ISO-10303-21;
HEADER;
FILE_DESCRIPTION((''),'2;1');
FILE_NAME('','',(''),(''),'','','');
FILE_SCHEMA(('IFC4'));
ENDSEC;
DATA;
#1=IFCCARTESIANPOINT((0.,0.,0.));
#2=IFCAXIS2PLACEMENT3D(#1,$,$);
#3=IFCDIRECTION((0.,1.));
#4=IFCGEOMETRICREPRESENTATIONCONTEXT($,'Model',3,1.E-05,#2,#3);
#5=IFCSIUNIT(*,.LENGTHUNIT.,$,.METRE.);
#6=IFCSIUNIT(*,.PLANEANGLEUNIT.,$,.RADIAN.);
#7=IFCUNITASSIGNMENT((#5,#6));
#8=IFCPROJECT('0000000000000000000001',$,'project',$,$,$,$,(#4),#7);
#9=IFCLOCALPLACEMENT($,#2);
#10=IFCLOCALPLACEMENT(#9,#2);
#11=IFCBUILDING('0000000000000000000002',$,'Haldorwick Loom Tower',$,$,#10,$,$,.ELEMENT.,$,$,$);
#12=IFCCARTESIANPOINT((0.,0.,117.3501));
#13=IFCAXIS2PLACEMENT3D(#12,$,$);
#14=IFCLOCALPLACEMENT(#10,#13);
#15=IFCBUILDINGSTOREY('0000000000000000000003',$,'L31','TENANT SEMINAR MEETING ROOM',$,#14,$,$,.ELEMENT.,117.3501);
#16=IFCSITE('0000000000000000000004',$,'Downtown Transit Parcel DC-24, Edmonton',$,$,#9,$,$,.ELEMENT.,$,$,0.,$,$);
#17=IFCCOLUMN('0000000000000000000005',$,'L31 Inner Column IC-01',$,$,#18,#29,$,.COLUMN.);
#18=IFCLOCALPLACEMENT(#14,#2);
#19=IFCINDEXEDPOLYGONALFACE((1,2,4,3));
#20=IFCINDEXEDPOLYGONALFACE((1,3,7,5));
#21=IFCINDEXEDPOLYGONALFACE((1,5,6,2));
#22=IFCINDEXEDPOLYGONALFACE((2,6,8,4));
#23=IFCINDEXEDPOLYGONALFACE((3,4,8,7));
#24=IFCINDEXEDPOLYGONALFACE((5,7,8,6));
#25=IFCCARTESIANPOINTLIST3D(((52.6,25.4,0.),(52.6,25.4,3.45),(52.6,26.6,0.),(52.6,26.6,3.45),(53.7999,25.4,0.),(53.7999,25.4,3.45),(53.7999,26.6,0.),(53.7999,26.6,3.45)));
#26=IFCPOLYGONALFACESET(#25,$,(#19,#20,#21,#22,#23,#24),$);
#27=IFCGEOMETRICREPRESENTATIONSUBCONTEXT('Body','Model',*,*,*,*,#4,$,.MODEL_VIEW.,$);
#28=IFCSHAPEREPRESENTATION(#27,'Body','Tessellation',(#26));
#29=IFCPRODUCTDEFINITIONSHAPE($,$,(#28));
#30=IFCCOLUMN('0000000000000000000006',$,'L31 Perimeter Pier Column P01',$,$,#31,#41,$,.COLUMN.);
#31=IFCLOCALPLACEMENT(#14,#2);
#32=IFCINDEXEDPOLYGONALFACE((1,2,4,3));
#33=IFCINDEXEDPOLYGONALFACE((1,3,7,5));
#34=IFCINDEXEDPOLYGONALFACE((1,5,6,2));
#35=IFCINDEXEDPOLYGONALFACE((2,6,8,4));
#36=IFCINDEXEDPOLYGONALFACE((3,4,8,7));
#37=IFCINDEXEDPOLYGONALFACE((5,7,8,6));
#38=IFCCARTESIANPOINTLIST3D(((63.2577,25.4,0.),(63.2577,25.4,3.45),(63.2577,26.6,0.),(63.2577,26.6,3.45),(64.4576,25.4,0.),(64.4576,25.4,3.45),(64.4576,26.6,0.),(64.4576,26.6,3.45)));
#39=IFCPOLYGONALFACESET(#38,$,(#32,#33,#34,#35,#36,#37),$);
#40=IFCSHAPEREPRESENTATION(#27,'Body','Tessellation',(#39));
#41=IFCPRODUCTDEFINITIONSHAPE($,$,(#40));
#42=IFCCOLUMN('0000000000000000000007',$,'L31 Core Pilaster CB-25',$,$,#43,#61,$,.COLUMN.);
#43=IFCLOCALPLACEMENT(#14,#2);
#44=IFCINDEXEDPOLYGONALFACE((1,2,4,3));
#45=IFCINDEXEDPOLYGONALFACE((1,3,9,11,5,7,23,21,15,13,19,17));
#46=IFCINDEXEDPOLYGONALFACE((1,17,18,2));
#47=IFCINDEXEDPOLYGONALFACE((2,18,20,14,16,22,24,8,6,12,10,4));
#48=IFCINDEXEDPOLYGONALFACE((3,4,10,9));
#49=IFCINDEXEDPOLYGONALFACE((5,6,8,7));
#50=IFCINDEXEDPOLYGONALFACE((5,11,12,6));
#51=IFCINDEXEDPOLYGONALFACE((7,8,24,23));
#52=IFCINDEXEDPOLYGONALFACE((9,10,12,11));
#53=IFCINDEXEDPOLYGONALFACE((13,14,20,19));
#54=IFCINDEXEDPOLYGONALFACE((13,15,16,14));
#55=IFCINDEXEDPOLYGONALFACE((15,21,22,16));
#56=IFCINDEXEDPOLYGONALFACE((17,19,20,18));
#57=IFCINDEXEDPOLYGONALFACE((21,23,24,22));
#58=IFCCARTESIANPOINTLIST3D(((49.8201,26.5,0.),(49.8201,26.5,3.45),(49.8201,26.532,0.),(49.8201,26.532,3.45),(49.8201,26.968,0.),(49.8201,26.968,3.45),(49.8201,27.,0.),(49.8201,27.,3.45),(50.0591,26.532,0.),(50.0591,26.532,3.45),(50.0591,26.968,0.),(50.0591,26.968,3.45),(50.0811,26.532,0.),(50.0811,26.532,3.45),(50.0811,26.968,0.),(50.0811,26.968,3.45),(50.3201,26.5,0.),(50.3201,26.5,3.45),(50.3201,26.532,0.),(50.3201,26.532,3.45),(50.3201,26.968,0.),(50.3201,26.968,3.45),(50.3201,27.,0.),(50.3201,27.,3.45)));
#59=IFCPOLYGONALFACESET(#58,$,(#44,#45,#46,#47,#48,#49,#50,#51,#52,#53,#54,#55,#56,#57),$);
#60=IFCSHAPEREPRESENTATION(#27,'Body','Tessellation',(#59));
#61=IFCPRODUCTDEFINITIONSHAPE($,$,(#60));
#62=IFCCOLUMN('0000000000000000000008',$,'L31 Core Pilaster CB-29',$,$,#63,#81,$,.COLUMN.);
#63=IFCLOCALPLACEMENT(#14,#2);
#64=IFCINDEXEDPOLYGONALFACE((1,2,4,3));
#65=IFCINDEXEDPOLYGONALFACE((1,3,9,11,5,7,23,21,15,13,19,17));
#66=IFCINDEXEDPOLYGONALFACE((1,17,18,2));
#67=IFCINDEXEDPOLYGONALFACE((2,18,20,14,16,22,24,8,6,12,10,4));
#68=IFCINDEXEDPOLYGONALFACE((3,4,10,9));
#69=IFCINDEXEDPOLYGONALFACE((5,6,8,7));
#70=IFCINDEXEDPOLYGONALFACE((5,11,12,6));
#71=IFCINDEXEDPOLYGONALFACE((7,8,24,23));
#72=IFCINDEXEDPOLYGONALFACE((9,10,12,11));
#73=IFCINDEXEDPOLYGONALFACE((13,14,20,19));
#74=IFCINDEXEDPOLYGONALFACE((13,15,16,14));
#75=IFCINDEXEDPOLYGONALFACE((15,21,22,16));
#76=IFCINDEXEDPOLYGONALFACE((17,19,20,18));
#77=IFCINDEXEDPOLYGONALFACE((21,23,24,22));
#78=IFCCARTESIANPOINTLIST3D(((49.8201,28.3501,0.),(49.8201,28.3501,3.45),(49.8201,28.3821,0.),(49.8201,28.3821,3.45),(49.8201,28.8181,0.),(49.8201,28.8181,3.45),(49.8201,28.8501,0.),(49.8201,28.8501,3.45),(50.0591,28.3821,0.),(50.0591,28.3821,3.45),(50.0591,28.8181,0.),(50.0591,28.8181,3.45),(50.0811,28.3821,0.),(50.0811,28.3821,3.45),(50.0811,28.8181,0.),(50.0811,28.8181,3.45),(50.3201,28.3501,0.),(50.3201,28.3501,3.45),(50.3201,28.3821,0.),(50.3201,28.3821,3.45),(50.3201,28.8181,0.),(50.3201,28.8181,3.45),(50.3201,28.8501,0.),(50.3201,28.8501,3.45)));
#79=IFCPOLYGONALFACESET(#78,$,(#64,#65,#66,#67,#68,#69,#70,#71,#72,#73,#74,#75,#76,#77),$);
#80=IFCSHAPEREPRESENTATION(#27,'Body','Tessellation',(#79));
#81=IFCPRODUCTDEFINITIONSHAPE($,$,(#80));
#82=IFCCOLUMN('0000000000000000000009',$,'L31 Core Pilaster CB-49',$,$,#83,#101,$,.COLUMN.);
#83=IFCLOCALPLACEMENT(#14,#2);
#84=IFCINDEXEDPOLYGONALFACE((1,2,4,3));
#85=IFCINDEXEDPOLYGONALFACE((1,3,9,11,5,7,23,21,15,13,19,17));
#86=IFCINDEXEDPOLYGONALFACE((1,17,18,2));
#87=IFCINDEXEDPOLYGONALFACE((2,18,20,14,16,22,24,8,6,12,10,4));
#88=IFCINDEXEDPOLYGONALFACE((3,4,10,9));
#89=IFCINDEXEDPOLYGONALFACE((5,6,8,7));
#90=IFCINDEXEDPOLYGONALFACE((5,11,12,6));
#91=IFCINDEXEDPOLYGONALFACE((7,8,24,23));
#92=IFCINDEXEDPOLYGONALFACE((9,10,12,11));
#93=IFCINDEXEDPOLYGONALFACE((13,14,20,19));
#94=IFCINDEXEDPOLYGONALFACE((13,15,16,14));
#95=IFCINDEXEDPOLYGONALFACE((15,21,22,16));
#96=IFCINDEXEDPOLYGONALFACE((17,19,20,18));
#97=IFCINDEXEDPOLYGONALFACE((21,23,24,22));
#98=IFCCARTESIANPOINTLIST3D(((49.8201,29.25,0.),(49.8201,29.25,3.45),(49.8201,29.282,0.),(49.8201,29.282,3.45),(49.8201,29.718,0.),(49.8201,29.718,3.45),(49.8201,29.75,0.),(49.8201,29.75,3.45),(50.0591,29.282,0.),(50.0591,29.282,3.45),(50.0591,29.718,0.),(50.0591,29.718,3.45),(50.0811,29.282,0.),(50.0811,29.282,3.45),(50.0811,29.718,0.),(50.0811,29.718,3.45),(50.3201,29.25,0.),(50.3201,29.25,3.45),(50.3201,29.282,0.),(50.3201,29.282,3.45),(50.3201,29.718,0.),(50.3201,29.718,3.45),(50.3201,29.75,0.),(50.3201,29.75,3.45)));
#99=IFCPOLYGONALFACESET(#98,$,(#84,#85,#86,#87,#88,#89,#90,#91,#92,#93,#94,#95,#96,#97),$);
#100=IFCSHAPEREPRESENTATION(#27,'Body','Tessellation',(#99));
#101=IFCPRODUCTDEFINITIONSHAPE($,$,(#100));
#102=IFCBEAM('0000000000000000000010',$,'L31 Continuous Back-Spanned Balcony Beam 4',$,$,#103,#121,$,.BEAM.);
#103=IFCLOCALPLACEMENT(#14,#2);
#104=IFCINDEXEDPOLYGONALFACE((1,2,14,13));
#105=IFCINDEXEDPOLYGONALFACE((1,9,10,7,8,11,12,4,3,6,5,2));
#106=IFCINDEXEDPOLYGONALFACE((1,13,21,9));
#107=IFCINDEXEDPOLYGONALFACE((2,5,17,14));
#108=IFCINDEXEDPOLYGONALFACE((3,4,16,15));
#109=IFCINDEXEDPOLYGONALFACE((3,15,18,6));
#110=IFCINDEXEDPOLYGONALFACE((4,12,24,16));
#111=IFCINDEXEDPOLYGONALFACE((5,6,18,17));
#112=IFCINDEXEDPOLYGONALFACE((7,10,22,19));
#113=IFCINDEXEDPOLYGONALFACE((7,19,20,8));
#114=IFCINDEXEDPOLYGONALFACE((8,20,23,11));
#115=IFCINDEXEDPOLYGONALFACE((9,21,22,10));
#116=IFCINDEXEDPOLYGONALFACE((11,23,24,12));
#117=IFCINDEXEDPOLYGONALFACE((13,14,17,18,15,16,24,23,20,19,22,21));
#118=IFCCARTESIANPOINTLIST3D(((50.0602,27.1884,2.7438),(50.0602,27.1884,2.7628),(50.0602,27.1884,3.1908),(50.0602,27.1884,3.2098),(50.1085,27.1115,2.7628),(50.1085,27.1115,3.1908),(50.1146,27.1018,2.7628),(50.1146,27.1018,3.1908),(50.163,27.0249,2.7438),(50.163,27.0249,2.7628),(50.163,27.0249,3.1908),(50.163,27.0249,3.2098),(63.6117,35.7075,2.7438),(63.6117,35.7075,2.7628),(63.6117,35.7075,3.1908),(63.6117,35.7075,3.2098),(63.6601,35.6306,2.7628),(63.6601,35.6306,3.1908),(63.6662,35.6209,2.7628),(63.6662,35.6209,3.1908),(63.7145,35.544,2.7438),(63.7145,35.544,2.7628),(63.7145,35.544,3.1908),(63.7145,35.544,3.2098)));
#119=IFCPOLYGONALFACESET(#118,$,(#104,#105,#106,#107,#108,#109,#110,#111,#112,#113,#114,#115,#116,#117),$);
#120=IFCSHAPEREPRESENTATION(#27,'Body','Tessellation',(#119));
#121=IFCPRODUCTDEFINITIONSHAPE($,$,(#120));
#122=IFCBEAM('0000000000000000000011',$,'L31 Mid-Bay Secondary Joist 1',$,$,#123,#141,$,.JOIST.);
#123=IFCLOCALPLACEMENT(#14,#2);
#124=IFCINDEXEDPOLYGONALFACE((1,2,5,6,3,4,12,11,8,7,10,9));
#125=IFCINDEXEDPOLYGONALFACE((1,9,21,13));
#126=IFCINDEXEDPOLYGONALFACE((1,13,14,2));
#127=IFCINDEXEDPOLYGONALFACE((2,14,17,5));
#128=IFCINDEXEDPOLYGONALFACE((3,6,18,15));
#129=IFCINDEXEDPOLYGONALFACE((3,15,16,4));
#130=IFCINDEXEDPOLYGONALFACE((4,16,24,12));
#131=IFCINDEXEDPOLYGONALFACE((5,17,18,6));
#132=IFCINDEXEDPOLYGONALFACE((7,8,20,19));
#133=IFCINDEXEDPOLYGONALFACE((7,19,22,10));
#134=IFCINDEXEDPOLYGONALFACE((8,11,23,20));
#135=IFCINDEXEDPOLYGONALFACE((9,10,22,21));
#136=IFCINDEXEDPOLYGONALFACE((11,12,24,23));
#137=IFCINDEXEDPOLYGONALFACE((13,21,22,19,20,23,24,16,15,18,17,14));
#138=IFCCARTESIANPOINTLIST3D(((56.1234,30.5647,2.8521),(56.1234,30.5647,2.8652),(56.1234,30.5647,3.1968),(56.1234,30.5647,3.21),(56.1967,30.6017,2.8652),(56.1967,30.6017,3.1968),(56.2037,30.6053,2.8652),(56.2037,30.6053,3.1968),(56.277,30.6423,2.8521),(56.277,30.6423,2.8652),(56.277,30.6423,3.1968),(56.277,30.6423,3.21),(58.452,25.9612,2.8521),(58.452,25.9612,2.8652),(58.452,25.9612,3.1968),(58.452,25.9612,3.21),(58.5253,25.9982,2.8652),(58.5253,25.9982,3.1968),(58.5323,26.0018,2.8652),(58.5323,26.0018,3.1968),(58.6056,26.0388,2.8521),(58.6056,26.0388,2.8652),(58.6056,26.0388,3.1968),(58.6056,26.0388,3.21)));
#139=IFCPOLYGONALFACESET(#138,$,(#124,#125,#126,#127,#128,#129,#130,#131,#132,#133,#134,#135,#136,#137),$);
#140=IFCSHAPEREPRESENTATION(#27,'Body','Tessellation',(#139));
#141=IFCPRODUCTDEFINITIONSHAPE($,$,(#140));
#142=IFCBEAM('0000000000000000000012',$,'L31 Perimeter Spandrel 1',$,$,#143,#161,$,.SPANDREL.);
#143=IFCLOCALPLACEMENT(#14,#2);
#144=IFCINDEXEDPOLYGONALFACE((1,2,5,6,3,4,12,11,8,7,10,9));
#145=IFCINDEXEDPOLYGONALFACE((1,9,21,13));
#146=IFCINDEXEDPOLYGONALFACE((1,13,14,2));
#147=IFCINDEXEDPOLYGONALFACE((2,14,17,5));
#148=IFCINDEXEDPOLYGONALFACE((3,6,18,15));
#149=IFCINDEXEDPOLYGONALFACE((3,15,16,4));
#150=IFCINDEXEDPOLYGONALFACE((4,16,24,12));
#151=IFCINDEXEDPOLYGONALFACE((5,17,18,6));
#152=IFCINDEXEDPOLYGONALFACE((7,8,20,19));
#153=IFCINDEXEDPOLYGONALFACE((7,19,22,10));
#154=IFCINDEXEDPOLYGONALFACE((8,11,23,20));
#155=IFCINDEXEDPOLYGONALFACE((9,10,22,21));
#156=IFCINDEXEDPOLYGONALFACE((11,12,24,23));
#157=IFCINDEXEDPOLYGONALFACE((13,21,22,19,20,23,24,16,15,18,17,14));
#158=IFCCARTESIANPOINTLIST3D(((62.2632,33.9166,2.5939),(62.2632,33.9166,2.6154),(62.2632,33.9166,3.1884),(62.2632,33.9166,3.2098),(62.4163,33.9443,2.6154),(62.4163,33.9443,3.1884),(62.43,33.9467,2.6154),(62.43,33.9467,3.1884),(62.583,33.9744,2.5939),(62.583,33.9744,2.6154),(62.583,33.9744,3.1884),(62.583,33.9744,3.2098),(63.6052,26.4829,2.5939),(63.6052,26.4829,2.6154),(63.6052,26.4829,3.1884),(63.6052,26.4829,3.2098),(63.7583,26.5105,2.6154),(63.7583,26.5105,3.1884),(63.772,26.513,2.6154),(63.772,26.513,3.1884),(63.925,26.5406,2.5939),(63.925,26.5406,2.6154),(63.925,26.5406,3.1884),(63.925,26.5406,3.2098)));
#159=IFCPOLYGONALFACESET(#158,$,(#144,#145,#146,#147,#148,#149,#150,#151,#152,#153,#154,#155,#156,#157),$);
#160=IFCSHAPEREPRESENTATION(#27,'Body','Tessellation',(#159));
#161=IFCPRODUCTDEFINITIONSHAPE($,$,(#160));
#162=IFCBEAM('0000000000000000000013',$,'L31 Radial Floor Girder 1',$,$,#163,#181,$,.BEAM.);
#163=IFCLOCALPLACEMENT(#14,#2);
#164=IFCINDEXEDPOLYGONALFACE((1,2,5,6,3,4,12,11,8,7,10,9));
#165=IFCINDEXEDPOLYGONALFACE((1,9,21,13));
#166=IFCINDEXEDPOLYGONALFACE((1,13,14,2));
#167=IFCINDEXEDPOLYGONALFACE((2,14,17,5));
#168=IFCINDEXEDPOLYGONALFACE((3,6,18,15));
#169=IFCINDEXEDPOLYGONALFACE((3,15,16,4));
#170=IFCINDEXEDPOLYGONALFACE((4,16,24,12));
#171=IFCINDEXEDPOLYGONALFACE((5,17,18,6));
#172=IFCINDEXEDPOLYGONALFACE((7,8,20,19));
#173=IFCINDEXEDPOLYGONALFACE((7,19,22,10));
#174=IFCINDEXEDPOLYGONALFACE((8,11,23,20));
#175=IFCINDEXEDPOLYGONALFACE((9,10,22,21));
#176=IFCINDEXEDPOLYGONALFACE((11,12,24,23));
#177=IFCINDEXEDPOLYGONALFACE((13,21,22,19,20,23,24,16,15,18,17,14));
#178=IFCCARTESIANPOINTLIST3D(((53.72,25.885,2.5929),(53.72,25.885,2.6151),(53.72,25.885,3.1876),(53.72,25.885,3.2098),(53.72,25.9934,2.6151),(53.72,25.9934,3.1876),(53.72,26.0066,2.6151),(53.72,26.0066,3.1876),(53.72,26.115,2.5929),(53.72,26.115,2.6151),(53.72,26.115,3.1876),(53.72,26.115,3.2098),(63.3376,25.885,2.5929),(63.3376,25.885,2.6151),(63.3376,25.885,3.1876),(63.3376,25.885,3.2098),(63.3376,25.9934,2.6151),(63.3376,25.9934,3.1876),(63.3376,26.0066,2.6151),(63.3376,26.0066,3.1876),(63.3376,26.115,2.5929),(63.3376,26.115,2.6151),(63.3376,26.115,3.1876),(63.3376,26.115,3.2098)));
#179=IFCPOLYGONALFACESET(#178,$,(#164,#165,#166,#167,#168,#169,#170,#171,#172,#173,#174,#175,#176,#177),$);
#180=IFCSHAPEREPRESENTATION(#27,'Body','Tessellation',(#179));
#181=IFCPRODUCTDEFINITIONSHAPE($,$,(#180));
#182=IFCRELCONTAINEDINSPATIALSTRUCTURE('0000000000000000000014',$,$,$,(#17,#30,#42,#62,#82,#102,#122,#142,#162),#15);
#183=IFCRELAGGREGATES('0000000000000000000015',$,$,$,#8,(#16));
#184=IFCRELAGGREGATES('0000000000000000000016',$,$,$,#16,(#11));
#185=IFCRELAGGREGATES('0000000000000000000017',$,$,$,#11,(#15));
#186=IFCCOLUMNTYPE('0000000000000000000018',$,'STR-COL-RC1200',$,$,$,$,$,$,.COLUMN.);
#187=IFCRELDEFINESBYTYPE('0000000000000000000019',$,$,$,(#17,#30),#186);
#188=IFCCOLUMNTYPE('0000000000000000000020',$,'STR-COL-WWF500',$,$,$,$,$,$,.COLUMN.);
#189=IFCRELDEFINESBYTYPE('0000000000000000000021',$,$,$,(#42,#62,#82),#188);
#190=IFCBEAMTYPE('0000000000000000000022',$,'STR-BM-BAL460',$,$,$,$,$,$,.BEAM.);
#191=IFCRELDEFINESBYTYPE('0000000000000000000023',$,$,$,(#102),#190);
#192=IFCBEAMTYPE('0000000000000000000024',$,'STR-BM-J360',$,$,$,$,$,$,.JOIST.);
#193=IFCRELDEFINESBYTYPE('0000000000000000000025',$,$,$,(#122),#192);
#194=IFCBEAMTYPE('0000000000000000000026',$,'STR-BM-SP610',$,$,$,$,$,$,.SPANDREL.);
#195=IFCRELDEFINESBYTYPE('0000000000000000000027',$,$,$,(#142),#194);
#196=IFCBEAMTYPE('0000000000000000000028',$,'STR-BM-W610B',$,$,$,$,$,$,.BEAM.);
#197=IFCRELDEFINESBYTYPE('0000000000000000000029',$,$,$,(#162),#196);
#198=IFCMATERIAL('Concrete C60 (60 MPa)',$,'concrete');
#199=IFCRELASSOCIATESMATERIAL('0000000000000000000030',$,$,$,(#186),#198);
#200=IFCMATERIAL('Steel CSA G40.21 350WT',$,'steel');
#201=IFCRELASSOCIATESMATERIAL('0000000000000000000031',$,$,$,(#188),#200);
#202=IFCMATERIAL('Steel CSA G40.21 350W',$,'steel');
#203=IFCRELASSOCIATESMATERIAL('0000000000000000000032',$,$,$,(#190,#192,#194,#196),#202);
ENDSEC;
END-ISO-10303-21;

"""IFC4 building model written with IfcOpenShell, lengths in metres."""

from ifc_helpers import new_model, si_unit, direction, frame, origin, origin_2d, place, context, subcontext, project, spatial, rectangle, i_section, extrude, material, material_profile, profile_set, type_object, element, save


model = new_model("IFC4")

# Units and contexts
model_context = context("Model", 3, precision=1e-05, world=origin(), true_north=direction((0.0, 1.0)))
body_context = subcontext(model_context, "Body", "Model", "MODEL_VIEW")
ifc_project = project(units=[si_unit("LENGTHUNIT", "METRE"), si_unit("PLANEANGLEUNIT", "RADIAN")], contexts=[model_context])

# Site, building, storey
site_placement = place(None, origin())
site = spatial("IfcSite", under=ifc_project, at=site_placement, Name="Downtown Transit Parcel DC-24, Edmonton", CompositionType="ELEMENT", RefElevation=0.0)
building_placement = place(site_placement, origin())
building = spatial("IfcBuilding", under=site, at=building_placement, Name="Haldorwick Loom Tower", CompositionType="ELEMENT")
storey_placement = place(building_placement, frame((0.0, 0.0, 117.3501)))
storey = spatial("IfcBuildingStorey", under=building, at=storey_placement, Name="L31", Description="TENANT SEMINAR MEETING ROOM", CompositionType="ELEMENT", Elevation=117.3501)

# Columns
ifc_material_1 = material(Name="Concrete C60 (60 MPa)", Category="concrete")
ifc_material_profile_1 = material_profile(ifc_material_1, rectangle(XDim=1.2, YDim=1.2, at=origin_2d()), Name="RC1200X1200", Category="concrete")
ifc_profile_set_1 = profile_set([ifc_material_profile_1], Name="Concrete C60 (60 MPa)")
column_type_1 = type_object("IfcColumnType", Name="STR-COL-RC1200", PredefinedType="COLUMN", material=ifc_profile_set_1)
for number, where, z_axis, x_axis, name in (
    (1, (53.2, 26.0, 0.0), (0.0, 0.0, 1.0), (1.0, 0.0, 0.0), "L31 Inner Column IC-01"),
    (2, (63.8577, 26.0, 0.0), (0.0, 0.0, 1.0), (1.0, 0.0, 0.0), "L31 Perimeter Pier Column P01"),
):
    element("IfcColumn", number, at=place(storey_placement, frame(where, z_axis=z_axis, x_axis=x_axis)), inside=storey, type_object=column_type_1, Name=name, PredefinedType="COLUMN", context=body_context, shape_type="SweptSolid", body=[
        extrude(rectangle(XDim=1.2, YDim=1.2, at=origin_2d()), origin(), (0.0, 0.0, 1.0), 3.45),
    ])
ifc_material_2 = material(Name="Steel CSA G40.21 350WT", Category="steel")
ifc_material_profile_2 = material_profile(ifc_material_2, i_section(OverallWidth=0.5, OverallDepth=0.5, WebThickness=0.022, FlangeThickness=0.032, at=origin_2d()), Name="WWF500X500", Category="steel")
ifc_profile_set_2 = profile_set([ifc_material_profile_2], Name="Steel CSA G40.21 350WT")
column_type_2 = type_object("IfcColumnType", Name="STR-COL-WWF500", PredefinedType="COLUMN", material=ifc_profile_set_2)
for number, where, z_axis, x_axis, name in (
    (3, (50.0701, 26.75, 0.0), (0.0, 0.0, 1.0), (1.0, 0.0, 0.0), "L31 Core Pilaster CB-25"),
    (4, (50.0701, 28.6001, 0.0), (0.0, 0.0, 1.0), (1.0, 0.0, 0.0), "L31 Core Pilaster CB-29"),
    (5, (50.0701, 29.5, 0.0), (0.0, 0.0, 1.0), (1.0, 0.0, 0.0), "L31 Core Pilaster CB-49"),
):
    element("IfcColumn", number, at=place(storey_placement, frame(where, z_axis=z_axis, x_axis=x_axis)), inside=storey, type_object=column_type_2, Name=name, PredefinedType="COLUMN", context=body_context, shape_type="SweptSolid", body=[
        extrude(i_section(OverallWidth=0.5, OverallDepth=0.5, WebThickness=0.022, FlangeThickness=0.032, at=origin_2d()), origin(), (0.0, 0.0, 1.0), 3.45),
    ])

# Beams
ifc_material_3 = material(Name="Steel CSA G40.21 350W", Category="steel")
ifc_material_profile_3 = material_profile(ifc_material_3, i_section(OverallWidth=0.1931, OverallDepth=0.4661, WebThickness=0.0115, FlangeThickness=0.019, at=origin_2d()), Name="W460X97", Category="steel")
ifc_profile_set_3 = profile_set([ifc_material_profile_3], Name="Steel CSA G40.21 350W")
beam_type_1 = type_object("IfcBeamType", Name="STR-BM-BAL460", PredefinedType="BEAM", material=ifc_profile_set_3)
beam_1_placement = place(storey_placement, frame((50.1116, 27.1067, 2.9768), z_axis=(0.84661, 0.532214, 0.0), x_axis=(-0.532214, 0.84661, 0.0)))
element("IfcBeam", 6, at=beam_1_placement, inside=storey, type_object=beam_type_1, Name="L31 Continuous Back-Spanned Balcony Beam 4", PredefinedType="BEAM", context=body_context, shape_type="SweptSolid", body=[
    extrude(i_section(OverallWidth=0.1931, OverallDepth=0.4661, WebThickness=0.0115, FlangeThickness=0.019, at=origin_2d()), origin(), (0.0, 0.0, 1.0), 16.0068),
])
ifc_material_profile_4 = material_profile(ifc_material_3, i_section(OverallWidth=0.1721, OverallDepth=0.3579, WebThickness=0.0078, FlangeThickness=0.0132, at=origin_2d()), Name="W360X57", Category="steel")
ifc_profile_set_4 = profile_set([ifc_material_profile_4], Name="Steel CSA G40.21 350W")
beam_type_2 = type_object("IfcBeamType", Name="STR-BM-J360", PredefinedType="JOIST", material=ifc_profile_set_4)
beam_2_placement = place(storey_placement, frame((58.5288, 26.0, 3.031), z_axis=(-0.451373, 0.892335, 0.0), x_axis=(-0.892335, -0.451373, 0.0)))
element("IfcBeam", 7, at=beam_2_placement, inside=storey, type_object=beam_type_2, Name="L31 Mid-Bay Secondary Joist 1", PredefinedType="JOIST", context=body_context, shape_type="SweptSolid", body=[
    extrude(i_section(OverallWidth=0.1721, OverallDepth=0.3579, WebThickness=0.0078, FlangeThickness=0.0132, at=origin_2d()), origin(), (0.0, 0.0, 1.0), 5.1589),
])
ifc_material_profile_5 = material_profile(ifc_material_3, i_section(OverallWidth=0.325, OverallDepth=0.616, WebThickness=0.0139, FlangeThickness=0.0215, at=origin_2d()), Name="W610X174", Category="steel")
ifc_profile_set_5 = profile_set([ifc_material_profile_5], Name="Steel CSA G40.21 350W")
beam_type_3 = type_object("IfcBeamType", Name="STR-BM-SP610", PredefinedType="SPANDREL", material=ifc_profile_set_5)
beam_3_placement = place(storey_placement, frame((63.7651, 26.5117, 2.9019), z_axis=(-0.177659, 0.984092, 0.0), x_axis=(-0.984092, -0.177659, 0.0)))
element("IfcBeam", 8, at=beam_3_placement, inside=storey, type_object=beam_type_3, Name="L31 Perimeter Spandrel 1", PredefinedType="SPANDREL", context=body_context, shape_type="SweptSolid", body=[
    extrude(i_section(OverallWidth=0.325, OverallDepth=0.616, WebThickness=0.0139, FlangeThickness=0.0215, at=origin_2d()), origin(), (0.0, 0.0, 1.0), 7.554),
])
ifc_material_profile_6 = material_profile(ifc_material_3, i_section(OverallWidth=0.23, OverallDepth=0.6169, WebThickness=0.0132, FlangeThickness=0.0222, at=origin_2d()), Name="W610X140", Category="steel")
ifc_profile_set_6 = profile_set([ifc_material_profile_6], Name="Steel CSA G40.21 350W")
beam_type_4 = type_object("IfcBeamType", Name="STR-BM-W610B", PredefinedType="BEAM", material=ifc_profile_set_6)
beam_4_placement = place(storey_placement, frame((53.72, 26.0, 2.9014), z_axis=(1.0, 0.0, 0.0), x_axis=(0.0, 1.0, 0.0)))
element("IfcBeam", 9, at=beam_4_placement, inside=storey, type_object=beam_type_4, Name="L31 Radial Floor Girder 1", PredefinedType="BEAM", context=body_context, shape_type="SweptSolid", body=[
    extrude(i_section(OverallWidth=0.23, OverallDepth=0.6169, WebThickness=0.0132, FlangeThickness=0.0222, at=origin_2d()), origin(), (0.0, 0.0, 1.0), 9.6177),
])

save(model, "model.ifc")
